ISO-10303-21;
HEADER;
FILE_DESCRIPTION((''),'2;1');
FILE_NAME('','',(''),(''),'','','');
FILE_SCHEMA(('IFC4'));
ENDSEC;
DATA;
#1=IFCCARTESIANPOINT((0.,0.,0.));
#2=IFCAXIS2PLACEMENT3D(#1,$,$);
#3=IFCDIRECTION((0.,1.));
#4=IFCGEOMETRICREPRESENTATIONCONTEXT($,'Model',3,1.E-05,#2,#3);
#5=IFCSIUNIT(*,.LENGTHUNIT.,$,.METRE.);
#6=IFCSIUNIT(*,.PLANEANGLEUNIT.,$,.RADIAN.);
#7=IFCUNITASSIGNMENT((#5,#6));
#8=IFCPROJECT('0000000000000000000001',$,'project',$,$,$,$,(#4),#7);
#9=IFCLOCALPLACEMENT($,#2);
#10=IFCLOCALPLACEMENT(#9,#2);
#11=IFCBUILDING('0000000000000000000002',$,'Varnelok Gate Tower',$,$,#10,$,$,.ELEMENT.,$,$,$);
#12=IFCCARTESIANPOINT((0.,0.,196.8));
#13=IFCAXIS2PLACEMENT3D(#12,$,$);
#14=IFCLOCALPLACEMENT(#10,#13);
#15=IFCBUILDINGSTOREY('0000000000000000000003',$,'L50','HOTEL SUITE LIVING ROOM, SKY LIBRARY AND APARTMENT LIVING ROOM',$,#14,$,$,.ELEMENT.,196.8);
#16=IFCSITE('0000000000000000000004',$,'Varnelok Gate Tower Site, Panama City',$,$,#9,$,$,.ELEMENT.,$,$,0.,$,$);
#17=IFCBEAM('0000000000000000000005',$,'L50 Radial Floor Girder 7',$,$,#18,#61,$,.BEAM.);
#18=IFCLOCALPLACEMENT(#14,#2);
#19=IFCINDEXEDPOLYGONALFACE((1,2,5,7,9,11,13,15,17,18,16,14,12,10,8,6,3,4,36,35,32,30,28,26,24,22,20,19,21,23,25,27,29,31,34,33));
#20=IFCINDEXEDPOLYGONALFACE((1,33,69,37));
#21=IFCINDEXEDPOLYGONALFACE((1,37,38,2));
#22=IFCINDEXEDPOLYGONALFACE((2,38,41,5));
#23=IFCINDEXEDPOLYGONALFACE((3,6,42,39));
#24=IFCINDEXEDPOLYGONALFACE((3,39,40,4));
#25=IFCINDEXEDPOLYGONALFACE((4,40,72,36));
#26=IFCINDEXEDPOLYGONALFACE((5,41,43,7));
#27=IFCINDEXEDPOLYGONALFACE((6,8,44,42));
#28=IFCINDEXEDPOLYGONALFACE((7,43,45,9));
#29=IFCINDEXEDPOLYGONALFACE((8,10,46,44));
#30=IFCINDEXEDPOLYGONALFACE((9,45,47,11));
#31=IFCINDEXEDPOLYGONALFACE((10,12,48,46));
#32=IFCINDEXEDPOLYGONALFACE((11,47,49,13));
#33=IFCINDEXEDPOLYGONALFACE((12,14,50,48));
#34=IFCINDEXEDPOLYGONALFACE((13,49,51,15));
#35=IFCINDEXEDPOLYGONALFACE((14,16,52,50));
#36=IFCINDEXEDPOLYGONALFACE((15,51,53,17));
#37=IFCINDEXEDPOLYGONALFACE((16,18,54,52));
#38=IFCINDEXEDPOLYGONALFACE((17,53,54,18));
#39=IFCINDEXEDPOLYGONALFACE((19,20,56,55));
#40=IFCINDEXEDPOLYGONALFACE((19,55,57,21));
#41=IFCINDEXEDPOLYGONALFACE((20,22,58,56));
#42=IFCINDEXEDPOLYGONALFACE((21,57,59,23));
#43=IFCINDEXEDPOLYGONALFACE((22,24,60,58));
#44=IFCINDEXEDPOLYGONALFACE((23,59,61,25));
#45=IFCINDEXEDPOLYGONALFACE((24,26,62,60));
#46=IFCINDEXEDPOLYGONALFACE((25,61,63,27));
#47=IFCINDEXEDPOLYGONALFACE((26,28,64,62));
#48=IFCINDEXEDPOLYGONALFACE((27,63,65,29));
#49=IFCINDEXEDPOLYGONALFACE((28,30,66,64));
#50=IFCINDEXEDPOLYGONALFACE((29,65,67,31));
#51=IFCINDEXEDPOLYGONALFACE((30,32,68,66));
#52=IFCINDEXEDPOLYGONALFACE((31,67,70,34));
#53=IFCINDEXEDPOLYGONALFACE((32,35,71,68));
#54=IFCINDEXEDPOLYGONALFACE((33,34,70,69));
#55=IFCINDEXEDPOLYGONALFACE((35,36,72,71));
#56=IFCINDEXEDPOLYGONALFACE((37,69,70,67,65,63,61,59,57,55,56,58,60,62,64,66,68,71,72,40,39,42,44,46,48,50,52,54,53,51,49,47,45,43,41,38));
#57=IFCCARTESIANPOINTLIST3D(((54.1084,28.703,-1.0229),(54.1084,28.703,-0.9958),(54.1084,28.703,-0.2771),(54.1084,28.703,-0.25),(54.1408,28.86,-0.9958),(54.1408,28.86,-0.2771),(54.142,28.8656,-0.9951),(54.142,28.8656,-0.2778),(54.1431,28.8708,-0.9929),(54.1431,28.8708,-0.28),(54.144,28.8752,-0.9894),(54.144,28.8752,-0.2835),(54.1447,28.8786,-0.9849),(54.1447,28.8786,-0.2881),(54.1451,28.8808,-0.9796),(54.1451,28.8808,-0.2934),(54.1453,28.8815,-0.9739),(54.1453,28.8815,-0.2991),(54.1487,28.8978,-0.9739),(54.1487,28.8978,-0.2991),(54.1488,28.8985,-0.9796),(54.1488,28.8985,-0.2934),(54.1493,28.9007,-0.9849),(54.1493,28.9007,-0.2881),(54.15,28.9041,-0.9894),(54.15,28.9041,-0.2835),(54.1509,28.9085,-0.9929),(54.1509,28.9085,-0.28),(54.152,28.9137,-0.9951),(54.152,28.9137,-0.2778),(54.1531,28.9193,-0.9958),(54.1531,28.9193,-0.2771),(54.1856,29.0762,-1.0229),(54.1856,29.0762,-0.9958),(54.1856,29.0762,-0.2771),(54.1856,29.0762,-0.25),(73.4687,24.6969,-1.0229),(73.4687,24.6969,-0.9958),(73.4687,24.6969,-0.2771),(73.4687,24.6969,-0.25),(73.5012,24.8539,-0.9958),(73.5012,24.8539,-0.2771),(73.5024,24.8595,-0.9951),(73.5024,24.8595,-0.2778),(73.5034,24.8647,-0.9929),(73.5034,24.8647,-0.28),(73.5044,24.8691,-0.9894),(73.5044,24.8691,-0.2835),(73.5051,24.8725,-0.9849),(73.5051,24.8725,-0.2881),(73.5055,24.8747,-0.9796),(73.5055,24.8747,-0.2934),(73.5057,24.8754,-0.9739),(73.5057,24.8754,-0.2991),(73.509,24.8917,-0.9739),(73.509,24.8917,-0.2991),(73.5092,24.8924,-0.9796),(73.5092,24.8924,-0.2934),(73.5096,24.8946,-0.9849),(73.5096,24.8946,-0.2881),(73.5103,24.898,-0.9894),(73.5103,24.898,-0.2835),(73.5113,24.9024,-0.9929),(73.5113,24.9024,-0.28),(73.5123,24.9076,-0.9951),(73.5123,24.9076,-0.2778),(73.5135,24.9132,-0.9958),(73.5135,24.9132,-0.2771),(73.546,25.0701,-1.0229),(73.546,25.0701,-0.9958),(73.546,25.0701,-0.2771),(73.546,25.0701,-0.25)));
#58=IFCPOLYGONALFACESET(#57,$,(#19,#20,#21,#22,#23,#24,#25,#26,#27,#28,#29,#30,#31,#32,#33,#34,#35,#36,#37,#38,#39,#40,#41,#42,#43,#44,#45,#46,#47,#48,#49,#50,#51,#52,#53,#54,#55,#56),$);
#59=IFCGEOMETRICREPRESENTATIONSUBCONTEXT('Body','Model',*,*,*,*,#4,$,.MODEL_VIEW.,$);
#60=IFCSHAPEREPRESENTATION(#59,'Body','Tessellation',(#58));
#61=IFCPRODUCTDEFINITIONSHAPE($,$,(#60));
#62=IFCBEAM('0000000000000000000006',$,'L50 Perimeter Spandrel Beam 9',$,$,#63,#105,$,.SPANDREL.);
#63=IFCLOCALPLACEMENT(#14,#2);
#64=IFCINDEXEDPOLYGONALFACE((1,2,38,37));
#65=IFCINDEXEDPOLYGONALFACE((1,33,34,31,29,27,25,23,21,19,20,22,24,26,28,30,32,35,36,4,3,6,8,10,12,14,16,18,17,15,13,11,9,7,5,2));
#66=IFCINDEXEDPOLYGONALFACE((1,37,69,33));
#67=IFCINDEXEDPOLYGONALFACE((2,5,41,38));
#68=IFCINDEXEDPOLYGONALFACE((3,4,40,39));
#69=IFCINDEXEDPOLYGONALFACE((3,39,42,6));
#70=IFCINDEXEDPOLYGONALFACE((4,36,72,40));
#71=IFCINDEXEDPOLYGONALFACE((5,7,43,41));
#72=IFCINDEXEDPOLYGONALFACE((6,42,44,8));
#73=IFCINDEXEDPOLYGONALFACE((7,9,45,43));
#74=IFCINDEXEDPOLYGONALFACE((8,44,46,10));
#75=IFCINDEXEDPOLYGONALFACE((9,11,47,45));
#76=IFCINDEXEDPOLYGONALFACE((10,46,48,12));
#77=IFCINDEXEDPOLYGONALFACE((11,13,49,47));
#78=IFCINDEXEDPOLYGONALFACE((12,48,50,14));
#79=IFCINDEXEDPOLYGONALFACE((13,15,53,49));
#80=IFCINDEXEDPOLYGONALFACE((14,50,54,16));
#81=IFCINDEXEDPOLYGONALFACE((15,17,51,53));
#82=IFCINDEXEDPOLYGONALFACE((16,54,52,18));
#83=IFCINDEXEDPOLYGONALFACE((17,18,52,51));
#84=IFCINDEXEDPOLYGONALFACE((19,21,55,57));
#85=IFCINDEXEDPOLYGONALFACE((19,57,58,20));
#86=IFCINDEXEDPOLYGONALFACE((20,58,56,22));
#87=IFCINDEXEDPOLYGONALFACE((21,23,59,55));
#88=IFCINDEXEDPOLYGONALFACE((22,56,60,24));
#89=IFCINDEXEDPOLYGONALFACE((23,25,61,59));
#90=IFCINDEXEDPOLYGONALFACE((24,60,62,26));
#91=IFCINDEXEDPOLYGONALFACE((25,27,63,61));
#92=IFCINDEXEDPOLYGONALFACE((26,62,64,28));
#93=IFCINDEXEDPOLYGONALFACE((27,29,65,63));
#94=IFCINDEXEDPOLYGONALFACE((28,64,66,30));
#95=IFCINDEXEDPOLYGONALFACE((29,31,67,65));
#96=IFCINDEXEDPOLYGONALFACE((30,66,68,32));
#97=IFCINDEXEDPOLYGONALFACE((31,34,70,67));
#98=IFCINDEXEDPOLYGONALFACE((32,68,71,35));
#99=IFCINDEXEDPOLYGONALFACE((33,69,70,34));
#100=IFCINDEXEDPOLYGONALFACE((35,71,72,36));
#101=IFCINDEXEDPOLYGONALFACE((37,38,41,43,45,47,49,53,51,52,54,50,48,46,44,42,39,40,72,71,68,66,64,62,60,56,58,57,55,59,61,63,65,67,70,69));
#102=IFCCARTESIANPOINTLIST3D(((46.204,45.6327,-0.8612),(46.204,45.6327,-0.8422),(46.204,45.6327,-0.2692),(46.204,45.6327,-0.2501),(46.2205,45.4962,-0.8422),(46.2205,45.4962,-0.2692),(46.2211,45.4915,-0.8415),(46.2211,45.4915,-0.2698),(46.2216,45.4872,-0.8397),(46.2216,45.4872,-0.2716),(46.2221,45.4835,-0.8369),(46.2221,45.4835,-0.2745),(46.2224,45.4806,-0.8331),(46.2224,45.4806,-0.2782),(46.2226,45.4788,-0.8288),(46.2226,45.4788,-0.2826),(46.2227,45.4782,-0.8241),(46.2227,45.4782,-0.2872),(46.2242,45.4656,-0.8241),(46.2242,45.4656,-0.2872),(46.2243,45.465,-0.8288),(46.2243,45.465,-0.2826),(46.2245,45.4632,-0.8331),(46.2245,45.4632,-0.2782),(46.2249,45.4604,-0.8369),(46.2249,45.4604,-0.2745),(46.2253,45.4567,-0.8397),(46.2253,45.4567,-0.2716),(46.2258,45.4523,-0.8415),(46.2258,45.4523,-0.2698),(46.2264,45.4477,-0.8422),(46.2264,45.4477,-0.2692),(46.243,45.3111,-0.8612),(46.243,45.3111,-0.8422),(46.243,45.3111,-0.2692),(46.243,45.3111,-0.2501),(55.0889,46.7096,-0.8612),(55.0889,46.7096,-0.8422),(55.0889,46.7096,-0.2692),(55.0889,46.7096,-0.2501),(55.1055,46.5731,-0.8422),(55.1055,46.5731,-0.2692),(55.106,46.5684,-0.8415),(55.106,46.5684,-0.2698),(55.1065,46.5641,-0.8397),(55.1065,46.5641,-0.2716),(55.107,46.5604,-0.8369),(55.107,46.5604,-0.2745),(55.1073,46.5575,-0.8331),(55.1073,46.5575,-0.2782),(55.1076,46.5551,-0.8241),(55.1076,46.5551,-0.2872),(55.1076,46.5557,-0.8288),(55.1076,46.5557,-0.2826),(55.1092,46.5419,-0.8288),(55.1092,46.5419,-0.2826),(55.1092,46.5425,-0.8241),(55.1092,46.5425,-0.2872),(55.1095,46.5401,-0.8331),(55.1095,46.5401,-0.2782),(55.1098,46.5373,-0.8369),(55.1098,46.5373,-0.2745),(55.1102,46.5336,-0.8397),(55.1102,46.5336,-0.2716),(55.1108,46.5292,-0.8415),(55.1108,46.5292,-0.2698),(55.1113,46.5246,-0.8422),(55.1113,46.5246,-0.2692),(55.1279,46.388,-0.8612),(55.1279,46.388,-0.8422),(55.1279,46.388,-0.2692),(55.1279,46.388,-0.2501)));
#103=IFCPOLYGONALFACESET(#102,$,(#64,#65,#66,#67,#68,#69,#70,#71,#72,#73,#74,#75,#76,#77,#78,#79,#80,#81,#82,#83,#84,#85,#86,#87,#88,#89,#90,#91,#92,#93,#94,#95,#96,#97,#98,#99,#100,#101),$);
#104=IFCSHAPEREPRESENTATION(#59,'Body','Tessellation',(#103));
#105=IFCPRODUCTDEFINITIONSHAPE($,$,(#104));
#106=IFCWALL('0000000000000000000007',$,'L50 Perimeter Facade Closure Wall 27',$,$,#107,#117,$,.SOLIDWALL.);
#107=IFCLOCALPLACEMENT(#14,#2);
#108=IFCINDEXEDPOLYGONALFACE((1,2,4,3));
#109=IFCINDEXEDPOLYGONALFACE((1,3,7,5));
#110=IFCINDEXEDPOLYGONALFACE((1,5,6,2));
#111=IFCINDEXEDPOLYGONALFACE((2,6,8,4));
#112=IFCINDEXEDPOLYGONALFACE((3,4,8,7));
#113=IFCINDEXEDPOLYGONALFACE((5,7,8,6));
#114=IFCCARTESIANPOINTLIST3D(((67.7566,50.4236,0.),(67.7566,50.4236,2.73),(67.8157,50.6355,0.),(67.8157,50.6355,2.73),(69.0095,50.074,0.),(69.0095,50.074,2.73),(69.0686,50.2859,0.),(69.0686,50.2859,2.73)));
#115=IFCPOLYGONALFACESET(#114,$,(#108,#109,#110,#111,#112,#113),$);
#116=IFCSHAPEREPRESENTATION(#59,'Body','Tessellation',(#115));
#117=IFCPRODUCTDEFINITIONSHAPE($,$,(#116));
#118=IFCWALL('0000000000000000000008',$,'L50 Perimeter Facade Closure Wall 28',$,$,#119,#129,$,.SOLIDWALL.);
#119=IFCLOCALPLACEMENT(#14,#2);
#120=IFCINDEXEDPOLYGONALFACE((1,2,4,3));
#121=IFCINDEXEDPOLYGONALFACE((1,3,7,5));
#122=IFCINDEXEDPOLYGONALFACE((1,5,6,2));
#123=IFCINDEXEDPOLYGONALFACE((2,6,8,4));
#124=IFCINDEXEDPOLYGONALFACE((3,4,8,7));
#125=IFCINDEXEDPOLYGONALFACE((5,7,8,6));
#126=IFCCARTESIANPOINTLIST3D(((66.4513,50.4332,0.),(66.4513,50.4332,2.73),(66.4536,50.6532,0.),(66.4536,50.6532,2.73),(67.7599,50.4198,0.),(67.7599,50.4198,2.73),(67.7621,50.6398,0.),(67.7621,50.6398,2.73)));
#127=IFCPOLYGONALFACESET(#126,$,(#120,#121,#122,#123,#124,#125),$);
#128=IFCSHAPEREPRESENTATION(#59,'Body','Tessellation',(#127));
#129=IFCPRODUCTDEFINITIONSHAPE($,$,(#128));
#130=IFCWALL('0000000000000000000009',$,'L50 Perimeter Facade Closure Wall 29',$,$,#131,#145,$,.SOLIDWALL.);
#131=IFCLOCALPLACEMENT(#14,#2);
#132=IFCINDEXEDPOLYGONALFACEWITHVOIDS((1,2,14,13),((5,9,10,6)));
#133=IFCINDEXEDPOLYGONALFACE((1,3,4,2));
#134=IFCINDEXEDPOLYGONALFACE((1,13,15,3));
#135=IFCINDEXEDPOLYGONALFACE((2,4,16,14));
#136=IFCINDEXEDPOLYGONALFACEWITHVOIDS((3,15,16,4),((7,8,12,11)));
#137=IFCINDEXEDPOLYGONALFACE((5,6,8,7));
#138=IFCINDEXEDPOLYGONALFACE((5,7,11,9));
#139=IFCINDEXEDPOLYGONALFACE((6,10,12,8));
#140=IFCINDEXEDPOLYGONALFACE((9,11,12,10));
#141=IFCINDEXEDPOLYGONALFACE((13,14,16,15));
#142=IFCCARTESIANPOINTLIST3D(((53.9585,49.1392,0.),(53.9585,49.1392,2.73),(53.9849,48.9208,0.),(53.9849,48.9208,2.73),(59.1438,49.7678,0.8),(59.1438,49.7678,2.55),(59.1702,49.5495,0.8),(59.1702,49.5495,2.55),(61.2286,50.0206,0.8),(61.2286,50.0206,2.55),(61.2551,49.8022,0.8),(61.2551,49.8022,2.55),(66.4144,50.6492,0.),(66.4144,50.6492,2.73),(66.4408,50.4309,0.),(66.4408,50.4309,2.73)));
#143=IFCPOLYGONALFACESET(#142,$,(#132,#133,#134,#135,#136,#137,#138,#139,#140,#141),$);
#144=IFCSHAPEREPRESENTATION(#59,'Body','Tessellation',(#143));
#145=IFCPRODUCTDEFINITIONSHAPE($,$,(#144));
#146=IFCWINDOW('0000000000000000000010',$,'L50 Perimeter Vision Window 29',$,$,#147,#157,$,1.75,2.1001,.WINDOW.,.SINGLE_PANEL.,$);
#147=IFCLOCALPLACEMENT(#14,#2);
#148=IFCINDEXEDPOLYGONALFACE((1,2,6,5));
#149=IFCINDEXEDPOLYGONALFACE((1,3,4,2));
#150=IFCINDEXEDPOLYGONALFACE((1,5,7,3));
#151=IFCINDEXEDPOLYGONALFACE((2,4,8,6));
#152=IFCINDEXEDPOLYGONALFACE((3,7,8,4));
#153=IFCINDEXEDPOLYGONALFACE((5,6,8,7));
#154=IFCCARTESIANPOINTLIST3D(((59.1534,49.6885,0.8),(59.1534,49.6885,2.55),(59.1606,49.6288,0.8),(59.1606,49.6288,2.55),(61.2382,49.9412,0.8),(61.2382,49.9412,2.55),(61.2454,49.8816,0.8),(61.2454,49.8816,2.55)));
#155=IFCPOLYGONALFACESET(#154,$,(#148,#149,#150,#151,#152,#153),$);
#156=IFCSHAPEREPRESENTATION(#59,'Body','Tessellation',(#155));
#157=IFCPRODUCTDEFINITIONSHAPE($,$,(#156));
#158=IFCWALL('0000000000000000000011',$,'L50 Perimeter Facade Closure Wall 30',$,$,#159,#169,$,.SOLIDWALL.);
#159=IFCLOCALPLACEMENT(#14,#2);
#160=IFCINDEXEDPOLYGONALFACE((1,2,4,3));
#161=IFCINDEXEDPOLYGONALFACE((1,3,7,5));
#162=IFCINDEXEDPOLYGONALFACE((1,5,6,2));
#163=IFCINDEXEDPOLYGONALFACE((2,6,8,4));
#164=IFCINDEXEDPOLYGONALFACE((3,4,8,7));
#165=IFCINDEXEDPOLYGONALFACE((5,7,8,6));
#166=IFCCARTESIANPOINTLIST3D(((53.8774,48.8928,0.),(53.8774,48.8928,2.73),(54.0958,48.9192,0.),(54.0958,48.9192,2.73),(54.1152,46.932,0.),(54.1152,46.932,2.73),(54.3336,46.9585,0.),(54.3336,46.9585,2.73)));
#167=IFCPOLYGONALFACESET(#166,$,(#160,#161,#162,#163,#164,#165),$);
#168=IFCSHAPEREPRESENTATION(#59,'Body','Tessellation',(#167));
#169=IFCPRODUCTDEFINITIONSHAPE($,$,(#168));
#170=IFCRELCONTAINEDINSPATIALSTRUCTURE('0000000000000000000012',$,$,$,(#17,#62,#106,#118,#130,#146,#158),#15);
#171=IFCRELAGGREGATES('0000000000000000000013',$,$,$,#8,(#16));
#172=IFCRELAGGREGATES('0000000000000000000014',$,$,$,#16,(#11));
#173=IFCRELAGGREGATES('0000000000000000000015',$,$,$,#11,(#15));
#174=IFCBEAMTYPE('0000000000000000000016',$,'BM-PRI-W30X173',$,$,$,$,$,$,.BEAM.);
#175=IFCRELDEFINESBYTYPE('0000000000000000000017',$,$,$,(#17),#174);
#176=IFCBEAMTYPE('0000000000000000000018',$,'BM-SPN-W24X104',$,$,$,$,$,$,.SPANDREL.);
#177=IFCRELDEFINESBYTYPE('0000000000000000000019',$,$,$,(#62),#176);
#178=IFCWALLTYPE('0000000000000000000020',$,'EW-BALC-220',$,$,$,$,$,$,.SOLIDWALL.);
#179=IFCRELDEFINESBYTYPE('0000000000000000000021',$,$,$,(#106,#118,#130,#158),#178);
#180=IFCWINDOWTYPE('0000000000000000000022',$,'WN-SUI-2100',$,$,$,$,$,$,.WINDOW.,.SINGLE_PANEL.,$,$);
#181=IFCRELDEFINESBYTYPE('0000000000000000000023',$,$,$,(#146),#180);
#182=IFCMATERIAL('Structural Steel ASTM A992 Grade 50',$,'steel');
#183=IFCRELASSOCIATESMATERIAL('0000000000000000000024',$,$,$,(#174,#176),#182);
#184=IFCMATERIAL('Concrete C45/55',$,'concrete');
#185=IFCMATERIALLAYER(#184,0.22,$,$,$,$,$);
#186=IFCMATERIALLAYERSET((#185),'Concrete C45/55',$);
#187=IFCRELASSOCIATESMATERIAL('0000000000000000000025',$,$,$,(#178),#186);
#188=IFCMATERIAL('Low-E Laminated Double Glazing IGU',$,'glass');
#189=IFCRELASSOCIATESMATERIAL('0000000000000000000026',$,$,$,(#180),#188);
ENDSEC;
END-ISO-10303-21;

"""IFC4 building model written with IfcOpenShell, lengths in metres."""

from ifc_helpers import new_model, si_unit, direction, frame, frame_2d, origin, origin_2d, place, context, subcontext, project, spatial, rectangle, i_section, extrude, material, layer, layer_set, material_profile, profile_set, type_object, element, fill, save


model = new_model("IFC4")

# Units and contexts
model_context = context("Model", 3, precision=1e-05, world=origin(), true_north=direction((0.0, 1.0)))
body_context = subcontext(model_context, "Body", "Model", "MODEL_VIEW")
ifc_project = project(units=[si_unit("LENGTHUNIT", "METRE"), si_unit("PLANEANGLEUNIT", "RADIAN")], contexts=[model_context])

# Site, building, storey
site_placement = place(None, origin())
site = spatial("IfcSite", under=ifc_project, at=site_placement, Name="Varnelok Gate Tower Site, Panama City", CompositionType="ELEMENT", RefElevation=0.0)
building_placement = place(site_placement, origin())
building = spatial("IfcBuilding", under=site, at=building_placement, Name="Varnelok Gate Tower", CompositionType="ELEMENT")
storey_placement = place(building_placement, frame((0.0, 0.0, 196.8)))
storey = spatial("IfcBuildingStorey", under=building, at=storey_placement, Name="L50", Description="HOTEL SUITE LIVING ROOM, SKY LIBRARY AND APARTMENT LIVING ROOM", CompositionType="ELEMENT", Elevation=196.8)

# Shared definitions
ifc_material_1 = material(Name="Structural Steel ASTM A992 Grade 50", Category="steel")

# Beams
ifc_material_profile_1 = material_profile(ifc_material_1, i_section(OverallWidth=0.3811, OverallDepth=0.7729, WebThickness=0.0166, FlangeThickness=0.0271, FilletRadius=0.022, at=origin_2d()), Name="W30X173")
ifc_profile_set_1 = profile_set([ifc_material_profile_1], Name="Structural Steel ASTM A992 Grade 50")
beam_type_1 = type_object("IfcBeamType", Name="BM-PRI-W30X173", PredefinedType="BEAM", material=ifc_profile_set_1)
beam_1_placement = place(storey_placement, frame((54.147, 28.8896, -0.6365), z_axis=(0.979255, -0.202631, 0.0), x_axis=(0.202631, 0.979255, 0.0)))
element("IfcBeam", 1, at=beam_1_placement, inside=storey, type_object=beam_type_1, Name="L50 Radial Floor Girder 7", PredefinedType="BEAM", context=body_context, shape_type="SweptSolid", body=[
    extrude(i_section(OverallWidth=0.3811, OverallDepth=0.7729, WebThickness=0.0166, FlangeThickness=0.0271, FilletRadius=0.022, at=origin_2d()), origin(), (0.0, 0.0, 1.0), 19.7705),
])
ifc_material_profile_2 = material_profile(ifc_material_1, i_section(OverallWidth=0.324, OverallDepth=0.6111, WebThickness=0.0127, FlangeThickness=0.019, FilletRadius=0.0181, at=origin_2d()), Name="W24X104")
ifc_profile_set_2 = profile_set([ifc_material_profile_2], Name="Structural Steel ASTM A992 Grade 50")
beam_type_2 = type_object("IfcBeamType", Name="BM-SPN-W24X104", PredefinedType="SPANDREL", material=ifc_profile_set_2)
beam_2_placement = place(storey_placement, frame((55.1084, 46.5488, -0.5557), z_axis=(-0.992735, -0.120324, 0.0), x_axis=(0.120324, -0.992735, 0.0)))
element("IfcBeam", 2, at=beam_2_placement, inside=storey, type_object=beam_type_2, Name="L50 Perimeter Spandrel Beam 9", PredefinedType="SPANDREL", context=body_context, shape_type="SweptSolid", body=[
    extrude(i_section(OverallWidth=0.324, OverallDepth=0.6111, WebThickness=0.0127, FlangeThickness=0.019, FilletRadius=0.0181, at=origin_2d()), origin(), (0.0, 0.0, 1.0), 8.95),
])

# Walls
ifc_material_2 = material(Name="Concrete C45/55", Category="concrete")
ifc_layer_1 = layer(ifc_material_2, 0.22)
ifc_layer_set_1 = layer_set([ifc_layer_1], Name="Concrete C45/55")
wall_type_1 = type_object("IfcWallType", Name="EW-BALC-220", PredefinedType="SOLIDWALL", material=ifc_layer_set_1)
wall_1_placement = place(storey_placement, frame((69.0391, 50.1799, 0.0), z_axis=(0.0, 0.0, 1.0), x_axis=(-0.963205, 0.268767, 0.0)))
element("IfcWall", 3, at=wall_1_placement, inside=storey, type_object=wall_type_1, Name="L50 Perimeter Facade Closure Wall 27", PredefinedType="SOLIDWALL", context=body_context, shape_type="SweptSolid", body=[
    extrude(rectangle(XDim=1.3008, YDim=0.22, at=frame_2d((0.6504, 0.0))), origin(), (0.0, 0.0, 1.0), 2.73),
])
wall_2_placement = place(storey_placement, frame((67.761, 50.5298, 0.0), z_axis=(0.0, 0.0, 1.0), x_axis=(-0.999947, 0.010261, 0.0)))
element("IfcWall", 4, at=wall_2_placement, inside=storey, type_object=wall_type_1, Name="L50 Perimeter Facade Closure Wall 28", PredefinedType="SOLIDWALL", context=body_context, shape_type="SweptSolid", body=[
    extrude(rectangle(XDim=1.3086, YDim=0.22, at=frame_2d((0.6543, 0.0))), origin(), (0.0, 0.0, 1.0), 2.73),
])

# Wall, opening, window
wall_3_placement = place(storey_placement, frame((66.4275, 50.54, 0.0), z_axis=(0.0, 0.0, 1.0), x_axis=(-0.992732, -0.120348, 0.0)))
wall_3 = element("IfcWall", 5, at=wall_3_placement, inside=storey, type_object=wall_type_1, Name="L50 Perimeter Facade Closure Wall 29", PredefinedType="SOLIDWALL", context=body_context, shape_type="SweptSolid", body=[
    extrude(rectangle(XDim=12.5471, YDim=0.22, at=frame_2d((6.2734, 0.0))), origin(), (0.0, 0.0, 1.0), 2.73),
])
opening_1_placement = place(wall_3_placement, frame((5.2236, 0.0, 0.8)))
opening_1 = element("IfcOpeningElement", 6, at=opening_1_placement, cuts=wall_3, PredefinedType="OPENING", context=body_context, shape_type="SweptSolid", body=[
    extrude(rectangle(XDim=2.1001, YDim=1.75, at=frame_2d((1.05, 0.875))), frame((0.0, 0.1199, 0.0), z_axis=(0.0, -1.0, 0.0), x_axis=(1.0, 0.0, 0.0)), (0.0, 0.0, 1.0), 0.24),
])
ifc_material_3 = material(Name="Low-E Laminated Double Glazing IGU", Category="glass")
window_type = type_object("IfcWindowType", Name="WN-SUI-2100", PartitioningType="SINGLE_PANEL", PredefinedType="WINDOW", material=ifc_material_3)
window_placement = place(opening_1_placement, origin())
window = element("IfcWindow", 7, at=window_placement, inside=storey, type_object=window_type, Name="L50 Perimeter Vision Window 29", OverallHeight=1.75, OverallWidth=2.1001, PartitioningType="SINGLE_PANEL", PredefinedType="WINDOW", context=body_context, shape_type="SweptSolid", body=[
    extrude(rectangle(XDim=2.1001, YDim=1.75, at=frame_2d((1.05, 0.875))), frame((0.0, 0.03, 0.0), z_axis=(0.0, -1.0, 0.0), x_axis=(1.0, 0.0, 0.0)), (0.0, 0.0, 1.0), 0.0601),
])
fill(opening_1, window)

# Wall
wall_4_placement = place(storey_placement, frame((53.9866, 48.906, 0.0), z_axis=(0.0, 0.0, 1.0), x_axis=(0.120398, -0.992726, 0.0)))
element("IfcWall", 8, at=wall_4_placement, inside=storey, type_object=wall_type_1, Name="L50 Perimeter Facade Closure Wall 30", PredefinedType="SOLIDWALL", context=body_context, shape_type="SweptSolid", body=[
    extrude(rectangle(XDim=1.9751, YDim=0.22, at=frame_2d((0.9875, 0.0))), origin(), (0.0, 0.0, 1.0), 2.73),
])

save(model, "model.ifc")
